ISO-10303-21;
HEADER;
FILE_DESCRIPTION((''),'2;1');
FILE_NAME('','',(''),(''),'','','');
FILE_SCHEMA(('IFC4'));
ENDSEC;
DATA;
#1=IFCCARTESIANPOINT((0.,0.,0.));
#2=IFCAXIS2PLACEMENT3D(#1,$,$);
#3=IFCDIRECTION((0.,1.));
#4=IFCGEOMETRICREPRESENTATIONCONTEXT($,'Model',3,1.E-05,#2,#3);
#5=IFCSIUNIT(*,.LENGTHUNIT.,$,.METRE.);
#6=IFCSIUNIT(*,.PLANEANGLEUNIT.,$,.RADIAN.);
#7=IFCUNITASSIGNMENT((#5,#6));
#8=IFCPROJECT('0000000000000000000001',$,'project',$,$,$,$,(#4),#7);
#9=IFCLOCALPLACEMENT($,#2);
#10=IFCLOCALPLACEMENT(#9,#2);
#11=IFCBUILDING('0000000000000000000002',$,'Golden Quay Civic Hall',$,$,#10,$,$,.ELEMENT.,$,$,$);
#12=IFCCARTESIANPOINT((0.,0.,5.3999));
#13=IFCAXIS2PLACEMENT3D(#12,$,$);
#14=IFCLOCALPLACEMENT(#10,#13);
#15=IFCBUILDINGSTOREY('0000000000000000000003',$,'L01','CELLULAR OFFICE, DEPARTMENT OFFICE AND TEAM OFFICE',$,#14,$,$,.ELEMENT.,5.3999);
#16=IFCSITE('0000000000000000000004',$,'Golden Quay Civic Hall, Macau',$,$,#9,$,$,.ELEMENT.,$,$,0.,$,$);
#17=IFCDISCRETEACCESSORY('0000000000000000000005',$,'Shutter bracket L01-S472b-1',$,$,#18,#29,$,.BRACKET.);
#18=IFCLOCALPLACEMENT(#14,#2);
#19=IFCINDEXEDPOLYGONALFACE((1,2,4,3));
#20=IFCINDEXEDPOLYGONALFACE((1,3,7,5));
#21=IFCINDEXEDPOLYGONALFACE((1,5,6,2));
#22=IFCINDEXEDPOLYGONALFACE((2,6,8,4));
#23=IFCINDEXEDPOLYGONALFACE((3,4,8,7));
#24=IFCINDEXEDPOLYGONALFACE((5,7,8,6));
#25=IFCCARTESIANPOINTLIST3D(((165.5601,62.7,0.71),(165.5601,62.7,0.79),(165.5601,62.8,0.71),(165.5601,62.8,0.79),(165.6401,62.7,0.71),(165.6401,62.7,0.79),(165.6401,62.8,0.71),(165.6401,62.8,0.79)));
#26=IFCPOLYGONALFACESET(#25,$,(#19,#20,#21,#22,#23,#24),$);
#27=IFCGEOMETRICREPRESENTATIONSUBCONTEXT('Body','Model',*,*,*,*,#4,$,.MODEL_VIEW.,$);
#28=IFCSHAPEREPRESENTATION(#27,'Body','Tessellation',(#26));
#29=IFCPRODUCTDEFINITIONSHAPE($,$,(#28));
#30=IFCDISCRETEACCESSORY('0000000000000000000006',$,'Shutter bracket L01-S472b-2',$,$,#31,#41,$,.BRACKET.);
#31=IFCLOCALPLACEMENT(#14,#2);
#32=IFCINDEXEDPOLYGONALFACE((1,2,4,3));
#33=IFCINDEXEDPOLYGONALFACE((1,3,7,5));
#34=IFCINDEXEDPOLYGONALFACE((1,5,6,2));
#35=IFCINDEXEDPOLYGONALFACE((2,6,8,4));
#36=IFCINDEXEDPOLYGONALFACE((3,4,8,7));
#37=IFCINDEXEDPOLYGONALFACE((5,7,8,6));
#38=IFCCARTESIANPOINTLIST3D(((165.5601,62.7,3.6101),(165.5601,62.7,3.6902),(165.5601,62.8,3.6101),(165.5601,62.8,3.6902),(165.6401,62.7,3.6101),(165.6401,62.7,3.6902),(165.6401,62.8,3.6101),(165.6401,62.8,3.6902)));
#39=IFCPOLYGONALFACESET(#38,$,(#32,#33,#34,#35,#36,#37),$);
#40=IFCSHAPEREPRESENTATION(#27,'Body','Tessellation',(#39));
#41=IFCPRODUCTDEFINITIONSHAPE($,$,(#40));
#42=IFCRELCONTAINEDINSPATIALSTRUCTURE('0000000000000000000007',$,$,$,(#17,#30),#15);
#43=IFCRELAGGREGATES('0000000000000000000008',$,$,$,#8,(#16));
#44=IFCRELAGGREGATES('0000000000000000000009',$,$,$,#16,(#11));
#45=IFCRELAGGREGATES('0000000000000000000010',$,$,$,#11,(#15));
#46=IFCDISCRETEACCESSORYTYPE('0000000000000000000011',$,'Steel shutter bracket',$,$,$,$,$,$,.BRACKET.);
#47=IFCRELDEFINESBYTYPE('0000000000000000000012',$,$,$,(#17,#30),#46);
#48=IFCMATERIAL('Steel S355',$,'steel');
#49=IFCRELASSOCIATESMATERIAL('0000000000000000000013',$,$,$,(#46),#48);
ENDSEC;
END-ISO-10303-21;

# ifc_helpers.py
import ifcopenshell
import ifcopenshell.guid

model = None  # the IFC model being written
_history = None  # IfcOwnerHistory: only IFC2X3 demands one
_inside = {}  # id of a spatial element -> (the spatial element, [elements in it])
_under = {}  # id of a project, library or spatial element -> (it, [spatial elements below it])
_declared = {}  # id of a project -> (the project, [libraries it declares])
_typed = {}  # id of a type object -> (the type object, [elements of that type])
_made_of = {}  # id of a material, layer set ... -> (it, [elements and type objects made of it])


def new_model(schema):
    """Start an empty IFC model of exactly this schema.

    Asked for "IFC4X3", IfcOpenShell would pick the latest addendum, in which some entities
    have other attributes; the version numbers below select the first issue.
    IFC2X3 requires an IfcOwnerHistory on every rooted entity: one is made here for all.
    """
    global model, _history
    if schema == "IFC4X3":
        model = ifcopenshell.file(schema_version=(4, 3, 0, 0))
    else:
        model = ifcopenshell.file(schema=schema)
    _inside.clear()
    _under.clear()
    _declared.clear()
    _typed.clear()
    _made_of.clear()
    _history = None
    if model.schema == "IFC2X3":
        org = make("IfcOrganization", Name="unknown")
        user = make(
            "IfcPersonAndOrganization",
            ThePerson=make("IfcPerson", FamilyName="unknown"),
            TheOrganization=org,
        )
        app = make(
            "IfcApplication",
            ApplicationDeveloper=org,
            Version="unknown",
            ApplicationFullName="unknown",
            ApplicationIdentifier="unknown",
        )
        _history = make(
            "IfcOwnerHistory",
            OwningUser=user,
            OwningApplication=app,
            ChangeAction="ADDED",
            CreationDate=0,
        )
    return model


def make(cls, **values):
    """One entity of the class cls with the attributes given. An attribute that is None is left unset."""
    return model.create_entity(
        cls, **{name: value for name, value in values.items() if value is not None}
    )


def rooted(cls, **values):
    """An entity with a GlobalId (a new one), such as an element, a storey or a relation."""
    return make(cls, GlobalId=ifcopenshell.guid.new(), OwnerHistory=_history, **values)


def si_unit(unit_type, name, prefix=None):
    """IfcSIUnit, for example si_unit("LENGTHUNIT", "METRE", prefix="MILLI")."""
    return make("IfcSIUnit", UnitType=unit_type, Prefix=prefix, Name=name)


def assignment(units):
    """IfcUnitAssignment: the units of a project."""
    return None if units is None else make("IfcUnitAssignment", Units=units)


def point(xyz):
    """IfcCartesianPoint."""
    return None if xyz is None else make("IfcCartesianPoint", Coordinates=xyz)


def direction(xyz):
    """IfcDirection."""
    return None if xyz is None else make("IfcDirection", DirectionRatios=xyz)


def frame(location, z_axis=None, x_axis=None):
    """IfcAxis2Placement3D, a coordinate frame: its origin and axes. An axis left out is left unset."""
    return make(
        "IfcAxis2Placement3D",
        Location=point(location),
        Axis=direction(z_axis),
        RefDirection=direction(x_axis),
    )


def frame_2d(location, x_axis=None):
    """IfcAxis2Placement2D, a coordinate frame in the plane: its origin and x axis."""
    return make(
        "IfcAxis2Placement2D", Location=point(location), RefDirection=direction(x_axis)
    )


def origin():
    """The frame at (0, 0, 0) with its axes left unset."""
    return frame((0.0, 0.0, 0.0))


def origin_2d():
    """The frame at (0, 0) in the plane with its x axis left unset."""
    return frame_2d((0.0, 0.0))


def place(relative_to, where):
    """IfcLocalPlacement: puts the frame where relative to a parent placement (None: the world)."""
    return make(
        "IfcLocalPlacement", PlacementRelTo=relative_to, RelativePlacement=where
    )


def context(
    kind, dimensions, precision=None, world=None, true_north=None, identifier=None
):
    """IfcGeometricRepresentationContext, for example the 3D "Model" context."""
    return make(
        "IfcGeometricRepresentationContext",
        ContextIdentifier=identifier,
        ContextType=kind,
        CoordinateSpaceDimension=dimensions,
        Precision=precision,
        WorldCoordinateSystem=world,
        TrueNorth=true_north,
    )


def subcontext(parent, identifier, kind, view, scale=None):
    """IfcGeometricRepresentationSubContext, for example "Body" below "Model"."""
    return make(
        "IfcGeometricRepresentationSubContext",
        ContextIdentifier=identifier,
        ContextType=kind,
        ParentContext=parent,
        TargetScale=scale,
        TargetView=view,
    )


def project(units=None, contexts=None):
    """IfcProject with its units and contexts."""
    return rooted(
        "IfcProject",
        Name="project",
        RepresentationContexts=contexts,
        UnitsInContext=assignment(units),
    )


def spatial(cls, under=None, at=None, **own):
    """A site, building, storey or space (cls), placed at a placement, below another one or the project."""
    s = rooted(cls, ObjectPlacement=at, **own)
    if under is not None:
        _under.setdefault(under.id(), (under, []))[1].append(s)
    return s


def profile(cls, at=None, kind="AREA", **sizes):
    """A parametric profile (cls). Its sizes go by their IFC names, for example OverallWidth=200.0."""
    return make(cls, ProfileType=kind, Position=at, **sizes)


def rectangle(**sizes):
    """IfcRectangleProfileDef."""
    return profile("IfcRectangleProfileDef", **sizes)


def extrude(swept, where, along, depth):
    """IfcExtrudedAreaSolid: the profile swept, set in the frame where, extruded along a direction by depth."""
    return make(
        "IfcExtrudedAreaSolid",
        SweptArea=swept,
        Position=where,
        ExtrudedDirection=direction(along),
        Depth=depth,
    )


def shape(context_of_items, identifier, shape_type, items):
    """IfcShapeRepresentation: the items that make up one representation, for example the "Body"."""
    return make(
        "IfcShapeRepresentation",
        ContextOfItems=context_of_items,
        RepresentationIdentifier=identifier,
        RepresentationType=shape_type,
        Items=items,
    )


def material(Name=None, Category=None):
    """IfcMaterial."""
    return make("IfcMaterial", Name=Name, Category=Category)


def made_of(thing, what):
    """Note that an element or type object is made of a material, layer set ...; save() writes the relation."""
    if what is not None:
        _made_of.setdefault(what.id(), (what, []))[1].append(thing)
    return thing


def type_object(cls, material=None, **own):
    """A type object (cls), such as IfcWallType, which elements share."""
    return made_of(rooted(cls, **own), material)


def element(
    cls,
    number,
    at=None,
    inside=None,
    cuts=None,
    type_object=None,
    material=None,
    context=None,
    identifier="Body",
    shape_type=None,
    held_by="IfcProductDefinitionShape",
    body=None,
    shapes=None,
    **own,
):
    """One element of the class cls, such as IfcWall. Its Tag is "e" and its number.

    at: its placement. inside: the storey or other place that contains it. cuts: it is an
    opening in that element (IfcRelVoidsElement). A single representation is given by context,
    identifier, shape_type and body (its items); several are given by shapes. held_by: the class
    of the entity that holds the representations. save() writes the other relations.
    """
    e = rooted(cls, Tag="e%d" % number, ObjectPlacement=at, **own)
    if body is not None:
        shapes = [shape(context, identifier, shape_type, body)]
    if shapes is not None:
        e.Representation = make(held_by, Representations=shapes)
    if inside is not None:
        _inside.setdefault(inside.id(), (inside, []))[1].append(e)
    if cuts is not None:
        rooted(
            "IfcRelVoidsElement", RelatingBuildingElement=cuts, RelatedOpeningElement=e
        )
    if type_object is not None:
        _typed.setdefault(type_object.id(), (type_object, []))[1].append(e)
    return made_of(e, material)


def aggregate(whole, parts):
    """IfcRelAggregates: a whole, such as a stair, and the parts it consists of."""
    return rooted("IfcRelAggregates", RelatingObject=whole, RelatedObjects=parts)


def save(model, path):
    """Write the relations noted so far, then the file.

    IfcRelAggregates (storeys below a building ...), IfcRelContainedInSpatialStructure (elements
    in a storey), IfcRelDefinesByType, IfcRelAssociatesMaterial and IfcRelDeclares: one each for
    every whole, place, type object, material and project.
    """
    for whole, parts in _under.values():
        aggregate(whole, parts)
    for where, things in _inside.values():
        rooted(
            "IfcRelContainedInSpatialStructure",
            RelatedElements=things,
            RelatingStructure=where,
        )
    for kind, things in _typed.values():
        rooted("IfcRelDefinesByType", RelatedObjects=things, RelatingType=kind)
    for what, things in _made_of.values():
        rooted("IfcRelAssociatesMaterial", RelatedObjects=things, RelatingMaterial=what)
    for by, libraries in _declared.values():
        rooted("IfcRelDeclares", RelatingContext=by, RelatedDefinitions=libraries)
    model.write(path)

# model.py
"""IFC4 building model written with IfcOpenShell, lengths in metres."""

from ifc_helpers import new_model, si_unit, direction, frame, origin, origin_2d, place, context, subcontext, project, spatial, rectangle, extrude, material, type_object, element, save


model = new_model("IFC4")

# Units and contexts
model_context = context("Model", 3, precision=1e-05, world=origin(), true_north=direction((0.0, 1.0)))
body_context = subcontext(model_context, "Body", "Model", "MODEL_VIEW")
ifc_project = project(units=[si_unit("LENGTHUNIT", "METRE"), si_unit("PLANEANGLEUNIT", "RADIAN")], contexts=[model_context])

# Site, building, storey
site_placement = place(None, origin())
site = spatial("IfcSite", under=ifc_project, at=site_placement, Name="Golden Quay Civic Hall, Macau", CompositionType="ELEMENT", RefElevation=0.0)
building_placement = place(site_placement, origin())
building = spatial("IfcBuilding", under=site, at=building_placement, Name="Golden Quay Civic Hall", CompositionType="ELEMENT")
storey_placement = place(building_placement, frame((0.0, 0.0, 5.3999)))
storey = spatial("IfcBuildingStorey", under=building, at=storey_placement, Name="L01", Description="CELLULAR OFFICE, DEPARTMENT OFFICE AND TEAM OFFICE", CompositionType="ELEMENT", Elevation=5.3999)

# Discrete accessories
ifc_material_1 = material(Name="Steel S355", Category="steel")
discrete_accessory_type = type_object("IfcDiscreteAccessoryType", Name="Steel shutter bracket", PredefinedType="BRACKET", material=ifc_material_1)
for number, where, z_axis, x_axis, name in (
    (1, (165.6001, 62.75, 0.71), (0.0, 0.0, 1.0), (1.0, 0.0, 0.0), "Shutter bracket L01-S472b-1"),
    (2, (165.6001, 62.75, 3.6101), (0.0, 0.0, 1.0), (1.0, 0.0, 0.0), "Shutter bracket L01-S472b-2"),
):
    element("IfcDiscreteAccessory", number, at=place(storey_placement, frame(where, z_axis=z_axis, x_axis=x_axis)), inside=storey, type_object=discrete_accessory_type, Name=name, PredefinedType="BRACKET", context=body_context, shape_type="SweptSolid", body=[
        extrude(rectangle(XDim=0.0801, YDim=0.1001, at=origin_2d()), origin(), (0.0, 0.0, 1.0), 0.0801),
    ])

save(model, "model.ifc")
